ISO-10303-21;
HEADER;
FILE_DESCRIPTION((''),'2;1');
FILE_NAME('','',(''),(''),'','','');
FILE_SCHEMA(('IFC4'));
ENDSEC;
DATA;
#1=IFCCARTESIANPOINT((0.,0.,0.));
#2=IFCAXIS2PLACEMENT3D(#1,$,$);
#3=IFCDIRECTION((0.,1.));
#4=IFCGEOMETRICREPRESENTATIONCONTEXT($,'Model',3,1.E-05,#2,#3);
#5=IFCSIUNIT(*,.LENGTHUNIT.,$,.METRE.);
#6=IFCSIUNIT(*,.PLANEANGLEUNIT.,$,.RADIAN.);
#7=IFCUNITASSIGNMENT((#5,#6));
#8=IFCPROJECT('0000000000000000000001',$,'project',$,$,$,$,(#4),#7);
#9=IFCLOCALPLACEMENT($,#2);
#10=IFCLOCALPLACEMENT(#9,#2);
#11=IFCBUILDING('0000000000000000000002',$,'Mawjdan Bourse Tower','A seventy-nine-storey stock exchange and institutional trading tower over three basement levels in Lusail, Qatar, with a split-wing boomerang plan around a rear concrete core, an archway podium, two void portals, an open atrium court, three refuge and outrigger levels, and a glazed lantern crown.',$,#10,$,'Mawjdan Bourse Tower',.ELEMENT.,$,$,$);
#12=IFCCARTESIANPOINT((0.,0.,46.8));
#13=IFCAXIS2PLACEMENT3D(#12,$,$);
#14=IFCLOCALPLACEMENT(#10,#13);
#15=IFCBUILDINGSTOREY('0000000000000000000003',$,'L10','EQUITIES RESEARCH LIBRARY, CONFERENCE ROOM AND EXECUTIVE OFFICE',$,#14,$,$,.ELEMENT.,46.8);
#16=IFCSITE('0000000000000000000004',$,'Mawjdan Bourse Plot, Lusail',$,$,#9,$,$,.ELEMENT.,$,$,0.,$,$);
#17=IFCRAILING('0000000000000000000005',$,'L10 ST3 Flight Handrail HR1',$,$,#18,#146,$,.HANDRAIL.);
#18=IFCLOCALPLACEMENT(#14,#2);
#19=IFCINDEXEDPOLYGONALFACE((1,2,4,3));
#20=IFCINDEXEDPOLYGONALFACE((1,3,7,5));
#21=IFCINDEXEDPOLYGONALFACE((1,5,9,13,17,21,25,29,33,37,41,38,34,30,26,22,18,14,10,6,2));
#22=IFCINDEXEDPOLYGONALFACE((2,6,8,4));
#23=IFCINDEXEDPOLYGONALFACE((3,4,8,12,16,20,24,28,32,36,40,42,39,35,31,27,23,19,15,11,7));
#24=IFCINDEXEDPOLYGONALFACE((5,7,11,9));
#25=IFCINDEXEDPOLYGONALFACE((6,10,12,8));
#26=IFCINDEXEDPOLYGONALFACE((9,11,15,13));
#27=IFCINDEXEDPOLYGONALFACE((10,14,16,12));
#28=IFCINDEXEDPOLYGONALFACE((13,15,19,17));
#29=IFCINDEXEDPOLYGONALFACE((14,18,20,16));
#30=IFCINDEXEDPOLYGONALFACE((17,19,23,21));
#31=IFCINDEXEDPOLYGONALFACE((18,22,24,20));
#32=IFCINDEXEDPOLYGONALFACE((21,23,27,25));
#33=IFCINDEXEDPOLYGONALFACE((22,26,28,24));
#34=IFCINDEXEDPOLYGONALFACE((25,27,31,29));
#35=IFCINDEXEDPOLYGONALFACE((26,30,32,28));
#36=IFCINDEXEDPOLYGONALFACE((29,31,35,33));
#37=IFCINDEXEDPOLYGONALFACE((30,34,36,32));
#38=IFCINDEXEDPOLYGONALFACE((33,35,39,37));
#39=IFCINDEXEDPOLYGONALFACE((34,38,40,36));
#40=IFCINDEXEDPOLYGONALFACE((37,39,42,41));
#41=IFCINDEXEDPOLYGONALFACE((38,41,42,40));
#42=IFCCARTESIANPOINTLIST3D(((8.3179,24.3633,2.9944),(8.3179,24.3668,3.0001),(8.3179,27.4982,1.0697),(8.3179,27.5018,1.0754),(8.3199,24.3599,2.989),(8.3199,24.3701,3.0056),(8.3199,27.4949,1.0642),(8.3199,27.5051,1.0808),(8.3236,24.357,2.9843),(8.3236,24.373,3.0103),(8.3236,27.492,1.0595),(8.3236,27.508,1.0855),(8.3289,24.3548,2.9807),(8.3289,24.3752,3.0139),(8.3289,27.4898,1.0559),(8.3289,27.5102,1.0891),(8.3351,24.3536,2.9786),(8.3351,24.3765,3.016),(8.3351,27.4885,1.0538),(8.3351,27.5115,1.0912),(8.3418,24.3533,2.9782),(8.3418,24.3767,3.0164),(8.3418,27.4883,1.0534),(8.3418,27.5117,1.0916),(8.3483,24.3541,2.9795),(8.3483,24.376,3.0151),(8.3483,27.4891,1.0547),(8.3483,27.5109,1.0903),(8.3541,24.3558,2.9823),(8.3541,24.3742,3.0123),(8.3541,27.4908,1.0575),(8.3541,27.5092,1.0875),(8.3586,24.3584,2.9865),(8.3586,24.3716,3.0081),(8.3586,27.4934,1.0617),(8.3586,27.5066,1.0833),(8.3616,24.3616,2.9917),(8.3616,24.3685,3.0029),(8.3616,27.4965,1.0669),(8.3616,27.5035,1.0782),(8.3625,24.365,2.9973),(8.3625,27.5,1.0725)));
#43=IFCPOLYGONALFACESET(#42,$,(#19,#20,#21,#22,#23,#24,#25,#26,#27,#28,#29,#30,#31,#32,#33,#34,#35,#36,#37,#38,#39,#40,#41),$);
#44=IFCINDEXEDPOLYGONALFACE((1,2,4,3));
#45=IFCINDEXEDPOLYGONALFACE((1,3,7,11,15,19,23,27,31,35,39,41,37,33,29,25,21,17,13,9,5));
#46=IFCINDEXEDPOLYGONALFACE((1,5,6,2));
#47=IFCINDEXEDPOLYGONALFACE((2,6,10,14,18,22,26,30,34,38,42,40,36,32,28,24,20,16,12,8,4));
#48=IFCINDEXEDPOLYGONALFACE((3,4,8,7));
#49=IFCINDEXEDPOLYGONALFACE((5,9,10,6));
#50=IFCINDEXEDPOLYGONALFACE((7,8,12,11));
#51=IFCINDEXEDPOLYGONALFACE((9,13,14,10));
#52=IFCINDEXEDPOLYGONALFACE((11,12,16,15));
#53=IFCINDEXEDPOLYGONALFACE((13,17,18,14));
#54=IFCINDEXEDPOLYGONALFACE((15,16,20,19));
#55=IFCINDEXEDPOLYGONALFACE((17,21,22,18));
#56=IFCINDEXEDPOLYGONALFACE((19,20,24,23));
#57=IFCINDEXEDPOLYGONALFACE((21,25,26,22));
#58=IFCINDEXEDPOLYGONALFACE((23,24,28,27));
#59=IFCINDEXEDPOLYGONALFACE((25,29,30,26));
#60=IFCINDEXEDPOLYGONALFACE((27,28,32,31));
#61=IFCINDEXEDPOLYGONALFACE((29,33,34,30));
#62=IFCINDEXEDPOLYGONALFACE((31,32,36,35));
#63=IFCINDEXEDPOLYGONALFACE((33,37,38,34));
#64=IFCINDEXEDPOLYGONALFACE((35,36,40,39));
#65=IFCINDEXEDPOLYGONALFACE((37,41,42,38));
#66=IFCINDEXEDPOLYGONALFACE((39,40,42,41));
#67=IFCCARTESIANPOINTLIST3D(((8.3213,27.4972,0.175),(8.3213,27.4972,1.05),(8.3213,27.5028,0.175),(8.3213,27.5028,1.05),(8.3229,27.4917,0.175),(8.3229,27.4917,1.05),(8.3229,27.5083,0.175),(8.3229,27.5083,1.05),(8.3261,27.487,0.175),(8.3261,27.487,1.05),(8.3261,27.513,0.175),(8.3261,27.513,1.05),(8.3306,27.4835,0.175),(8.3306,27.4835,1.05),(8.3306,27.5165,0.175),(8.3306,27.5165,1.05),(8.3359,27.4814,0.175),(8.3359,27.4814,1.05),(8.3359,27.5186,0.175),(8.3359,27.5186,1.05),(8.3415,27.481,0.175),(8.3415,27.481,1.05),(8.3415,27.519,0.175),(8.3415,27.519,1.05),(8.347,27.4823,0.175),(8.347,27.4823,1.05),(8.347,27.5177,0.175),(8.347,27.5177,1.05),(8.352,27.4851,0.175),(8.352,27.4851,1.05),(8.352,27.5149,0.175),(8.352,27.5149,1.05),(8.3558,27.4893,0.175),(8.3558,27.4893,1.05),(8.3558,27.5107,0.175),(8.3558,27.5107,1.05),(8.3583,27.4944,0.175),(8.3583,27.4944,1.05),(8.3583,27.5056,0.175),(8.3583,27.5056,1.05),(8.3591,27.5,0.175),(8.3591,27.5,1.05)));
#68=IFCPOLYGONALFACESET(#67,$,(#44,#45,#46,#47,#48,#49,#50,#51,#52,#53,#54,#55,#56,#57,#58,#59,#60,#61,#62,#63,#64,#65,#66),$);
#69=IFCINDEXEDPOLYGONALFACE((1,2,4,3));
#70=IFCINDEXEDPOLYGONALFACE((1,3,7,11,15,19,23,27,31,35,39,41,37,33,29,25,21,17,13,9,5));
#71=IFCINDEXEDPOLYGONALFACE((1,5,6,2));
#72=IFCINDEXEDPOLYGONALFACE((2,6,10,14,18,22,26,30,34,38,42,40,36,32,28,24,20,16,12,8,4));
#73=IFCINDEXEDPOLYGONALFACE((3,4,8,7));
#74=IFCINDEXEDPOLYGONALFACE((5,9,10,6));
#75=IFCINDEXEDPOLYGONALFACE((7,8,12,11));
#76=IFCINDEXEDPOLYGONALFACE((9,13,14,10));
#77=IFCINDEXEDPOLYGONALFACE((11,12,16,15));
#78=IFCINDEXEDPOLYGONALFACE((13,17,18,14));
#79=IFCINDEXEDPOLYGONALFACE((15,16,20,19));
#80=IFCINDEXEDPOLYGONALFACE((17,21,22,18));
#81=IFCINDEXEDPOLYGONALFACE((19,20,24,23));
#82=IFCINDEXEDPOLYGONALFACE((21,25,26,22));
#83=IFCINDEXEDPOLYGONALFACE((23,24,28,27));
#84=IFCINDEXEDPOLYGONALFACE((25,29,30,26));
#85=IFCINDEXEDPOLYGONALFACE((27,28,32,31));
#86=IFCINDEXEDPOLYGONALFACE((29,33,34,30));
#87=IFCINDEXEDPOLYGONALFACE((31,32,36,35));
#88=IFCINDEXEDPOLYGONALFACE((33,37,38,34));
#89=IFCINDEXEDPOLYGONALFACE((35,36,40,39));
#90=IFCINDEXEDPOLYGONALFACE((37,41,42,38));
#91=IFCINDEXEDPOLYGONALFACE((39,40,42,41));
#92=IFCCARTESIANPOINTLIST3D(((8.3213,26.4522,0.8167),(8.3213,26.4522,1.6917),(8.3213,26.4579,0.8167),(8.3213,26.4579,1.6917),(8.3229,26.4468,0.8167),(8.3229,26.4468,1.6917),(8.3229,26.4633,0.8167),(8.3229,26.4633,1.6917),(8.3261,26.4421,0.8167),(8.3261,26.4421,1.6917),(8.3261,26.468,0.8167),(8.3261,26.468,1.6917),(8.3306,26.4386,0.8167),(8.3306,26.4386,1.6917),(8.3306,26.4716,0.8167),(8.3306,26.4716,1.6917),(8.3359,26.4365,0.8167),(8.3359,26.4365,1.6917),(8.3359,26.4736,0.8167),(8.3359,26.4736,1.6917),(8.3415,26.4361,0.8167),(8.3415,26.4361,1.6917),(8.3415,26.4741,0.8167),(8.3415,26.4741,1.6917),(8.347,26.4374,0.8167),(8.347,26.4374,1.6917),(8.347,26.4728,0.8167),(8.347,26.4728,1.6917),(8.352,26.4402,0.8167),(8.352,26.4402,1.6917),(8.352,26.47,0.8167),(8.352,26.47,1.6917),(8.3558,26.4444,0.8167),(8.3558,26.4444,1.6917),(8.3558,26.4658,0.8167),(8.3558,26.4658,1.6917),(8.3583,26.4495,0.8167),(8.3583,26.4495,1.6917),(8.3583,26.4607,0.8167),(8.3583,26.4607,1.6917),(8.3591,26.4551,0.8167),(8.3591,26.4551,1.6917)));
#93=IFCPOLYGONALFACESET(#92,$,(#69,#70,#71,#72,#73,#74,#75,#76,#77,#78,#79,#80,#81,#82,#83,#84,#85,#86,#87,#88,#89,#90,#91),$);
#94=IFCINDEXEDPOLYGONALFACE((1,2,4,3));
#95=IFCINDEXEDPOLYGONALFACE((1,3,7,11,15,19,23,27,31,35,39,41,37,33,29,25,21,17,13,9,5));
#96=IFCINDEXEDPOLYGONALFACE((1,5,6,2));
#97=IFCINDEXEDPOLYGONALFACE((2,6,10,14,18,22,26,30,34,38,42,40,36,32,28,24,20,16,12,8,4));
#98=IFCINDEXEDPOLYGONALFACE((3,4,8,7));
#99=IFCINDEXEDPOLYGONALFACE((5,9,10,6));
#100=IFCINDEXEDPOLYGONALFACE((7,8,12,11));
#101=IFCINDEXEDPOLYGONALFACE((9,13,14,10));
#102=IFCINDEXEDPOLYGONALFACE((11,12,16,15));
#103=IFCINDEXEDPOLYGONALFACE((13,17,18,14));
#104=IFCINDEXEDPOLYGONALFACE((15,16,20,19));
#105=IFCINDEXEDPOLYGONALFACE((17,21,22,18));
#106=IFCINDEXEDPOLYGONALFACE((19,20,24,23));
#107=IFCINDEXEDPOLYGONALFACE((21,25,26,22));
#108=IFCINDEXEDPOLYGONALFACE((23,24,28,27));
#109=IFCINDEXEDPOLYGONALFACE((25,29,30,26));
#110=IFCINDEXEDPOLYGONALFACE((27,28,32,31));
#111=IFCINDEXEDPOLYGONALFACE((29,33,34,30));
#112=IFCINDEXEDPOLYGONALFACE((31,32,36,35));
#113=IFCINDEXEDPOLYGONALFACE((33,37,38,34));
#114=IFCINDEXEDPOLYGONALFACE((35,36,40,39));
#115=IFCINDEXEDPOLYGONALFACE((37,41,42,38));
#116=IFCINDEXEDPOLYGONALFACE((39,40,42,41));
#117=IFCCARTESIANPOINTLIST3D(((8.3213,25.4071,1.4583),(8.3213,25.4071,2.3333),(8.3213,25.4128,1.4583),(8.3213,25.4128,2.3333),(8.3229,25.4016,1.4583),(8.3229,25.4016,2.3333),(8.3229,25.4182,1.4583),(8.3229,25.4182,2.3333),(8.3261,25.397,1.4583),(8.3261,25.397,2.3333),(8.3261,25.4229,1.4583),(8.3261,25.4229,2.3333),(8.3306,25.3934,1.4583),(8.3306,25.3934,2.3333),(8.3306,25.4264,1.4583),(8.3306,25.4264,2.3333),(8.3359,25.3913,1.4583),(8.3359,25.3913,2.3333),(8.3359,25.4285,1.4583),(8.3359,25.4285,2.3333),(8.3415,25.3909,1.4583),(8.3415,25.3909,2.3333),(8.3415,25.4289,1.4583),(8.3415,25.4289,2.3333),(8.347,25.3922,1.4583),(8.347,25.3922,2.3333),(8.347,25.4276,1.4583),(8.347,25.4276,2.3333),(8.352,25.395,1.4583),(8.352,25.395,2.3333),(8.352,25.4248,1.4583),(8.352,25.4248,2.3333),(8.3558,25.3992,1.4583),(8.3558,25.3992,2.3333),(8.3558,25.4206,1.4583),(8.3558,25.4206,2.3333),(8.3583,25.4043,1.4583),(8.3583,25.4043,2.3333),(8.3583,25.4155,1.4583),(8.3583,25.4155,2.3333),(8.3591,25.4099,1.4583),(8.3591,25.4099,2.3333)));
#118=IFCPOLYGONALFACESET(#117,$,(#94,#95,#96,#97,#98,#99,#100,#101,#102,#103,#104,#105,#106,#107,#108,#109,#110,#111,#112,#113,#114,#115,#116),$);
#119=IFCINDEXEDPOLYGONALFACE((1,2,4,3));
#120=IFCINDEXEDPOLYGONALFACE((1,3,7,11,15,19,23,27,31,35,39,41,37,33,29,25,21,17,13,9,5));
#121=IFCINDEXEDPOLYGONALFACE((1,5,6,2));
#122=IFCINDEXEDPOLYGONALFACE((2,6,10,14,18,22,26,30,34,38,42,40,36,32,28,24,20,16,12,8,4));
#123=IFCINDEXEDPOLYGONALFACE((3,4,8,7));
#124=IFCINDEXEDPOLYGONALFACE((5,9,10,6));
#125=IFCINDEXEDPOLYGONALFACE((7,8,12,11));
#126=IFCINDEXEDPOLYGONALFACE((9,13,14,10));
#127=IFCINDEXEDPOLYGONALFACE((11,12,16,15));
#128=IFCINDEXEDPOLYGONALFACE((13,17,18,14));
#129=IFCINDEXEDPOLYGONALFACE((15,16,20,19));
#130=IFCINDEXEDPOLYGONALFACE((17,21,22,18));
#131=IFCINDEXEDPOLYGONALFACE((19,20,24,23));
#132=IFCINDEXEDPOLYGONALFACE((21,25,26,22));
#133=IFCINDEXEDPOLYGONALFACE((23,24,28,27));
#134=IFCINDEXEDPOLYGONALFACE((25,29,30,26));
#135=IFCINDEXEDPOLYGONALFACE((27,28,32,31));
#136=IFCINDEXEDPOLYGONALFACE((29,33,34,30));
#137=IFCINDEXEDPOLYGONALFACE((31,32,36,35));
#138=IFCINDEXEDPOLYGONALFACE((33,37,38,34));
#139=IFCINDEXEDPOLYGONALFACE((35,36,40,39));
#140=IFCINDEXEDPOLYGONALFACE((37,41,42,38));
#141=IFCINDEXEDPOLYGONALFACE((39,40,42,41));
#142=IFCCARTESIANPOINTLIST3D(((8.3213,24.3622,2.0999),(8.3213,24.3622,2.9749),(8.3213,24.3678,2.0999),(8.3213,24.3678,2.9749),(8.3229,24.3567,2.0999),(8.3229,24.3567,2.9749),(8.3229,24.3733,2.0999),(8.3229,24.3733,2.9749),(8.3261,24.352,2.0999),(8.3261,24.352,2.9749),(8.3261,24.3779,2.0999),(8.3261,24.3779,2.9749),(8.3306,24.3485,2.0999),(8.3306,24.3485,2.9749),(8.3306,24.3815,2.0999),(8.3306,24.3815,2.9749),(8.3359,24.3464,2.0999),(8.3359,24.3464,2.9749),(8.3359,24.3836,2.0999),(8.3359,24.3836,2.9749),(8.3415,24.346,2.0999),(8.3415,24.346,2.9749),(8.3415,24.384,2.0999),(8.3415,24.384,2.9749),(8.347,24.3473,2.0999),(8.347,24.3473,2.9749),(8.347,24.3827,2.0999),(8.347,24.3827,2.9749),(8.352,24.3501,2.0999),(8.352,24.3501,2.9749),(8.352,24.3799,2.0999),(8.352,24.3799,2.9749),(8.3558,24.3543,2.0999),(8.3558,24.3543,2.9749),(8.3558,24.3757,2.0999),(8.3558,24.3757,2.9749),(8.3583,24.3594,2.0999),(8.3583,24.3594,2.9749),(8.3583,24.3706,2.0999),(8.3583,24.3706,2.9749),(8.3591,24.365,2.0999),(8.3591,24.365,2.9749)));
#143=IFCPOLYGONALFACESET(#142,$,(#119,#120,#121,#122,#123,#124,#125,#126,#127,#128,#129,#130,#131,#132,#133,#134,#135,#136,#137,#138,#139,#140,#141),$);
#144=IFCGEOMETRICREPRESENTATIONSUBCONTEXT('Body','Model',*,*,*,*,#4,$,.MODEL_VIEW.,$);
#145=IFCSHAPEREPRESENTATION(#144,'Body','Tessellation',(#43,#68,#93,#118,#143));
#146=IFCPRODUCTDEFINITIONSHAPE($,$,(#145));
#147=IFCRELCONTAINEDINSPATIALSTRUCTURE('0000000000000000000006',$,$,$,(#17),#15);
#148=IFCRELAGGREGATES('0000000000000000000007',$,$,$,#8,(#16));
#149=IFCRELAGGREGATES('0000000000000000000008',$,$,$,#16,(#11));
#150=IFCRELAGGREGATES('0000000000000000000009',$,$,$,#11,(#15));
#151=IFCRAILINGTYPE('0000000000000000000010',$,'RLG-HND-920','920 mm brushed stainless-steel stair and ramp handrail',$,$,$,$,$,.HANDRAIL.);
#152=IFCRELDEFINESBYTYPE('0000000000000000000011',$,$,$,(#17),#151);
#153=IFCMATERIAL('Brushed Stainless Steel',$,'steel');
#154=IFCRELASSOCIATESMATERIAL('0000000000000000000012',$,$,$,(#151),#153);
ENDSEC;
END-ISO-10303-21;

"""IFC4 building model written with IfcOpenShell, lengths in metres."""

from ifc_helpers import new_model, si_unit, direction, frame, origin, origin_2d, place, context, subcontext, project, spatial, circle, extrude, material, type_object, element, save


model = new_model("IFC4")

# Units and contexts
model_context = context("Model", 3, precision=1e-05, world=origin(), true_north=direction((0.0, 1.0)))
body_context = subcontext(model_context, "Body", "Model", "MODEL_VIEW")
ifc_project = project(units=[si_unit("LENGTHUNIT", "METRE"), si_unit("PLANEANGLEUNIT", "RADIAN")], contexts=[model_context])

# Site, building, storey
site_placement = place(None, origin())
site = spatial("IfcSite", under=ifc_project, at=site_placement, Name="Mawjdan Bourse Plot, Lusail", CompositionType="ELEMENT", RefElevation=0.0)
building_placement = place(site_placement, origin())
building = spatial("IfcBuilding", under=site, at=building_placement, Name="Mawjdan Bourse Tower", Description="A seventy-nine-storey stock exchange and institutional trading tower over three basement levels in Lusail, Qatar, with a split-wing boomerang plan around a rear concrete core, an archway podium, two void portals, an open atrium court, three refuge and outrigger levels, and a glazed lantern crown.", LongName="Mawjdan Bourse Tower", CompositionType="ELEMENT")
storey_placement = place(building_placement, frame((0.0, 0.0, 46.8)))
storey = spatial("IfcBuildingStorey", under=building, at=storey_placement, Name="L10", Description="EQUITIES RESEARCH LIBRARY, CONFERENCE ROOM AND EXECUTIVE OFFICE", CompositionType="ELEMENT", Elevation=46.8)

# Railing
ifc_material_1 = material(Name="Brushed Stainless Steel", Category="steel")
railing_type_1 = type_object("IfcRailingType", Name="RLG-HND-920", Description="920 mm brushed stainless-steel stair and ramp handrail", PredefinedType="HANDRAIL", material=ifc_material_1)
railing_1_placement = place(storey_placement, frame((8.3401, 27.5, 0.175)))
element("IfcRailing", 1, at=railing_1_placement, inside=storey, type_object=railing_type_1, Name="L10 ST3 Flight Handrail HR1", PredefinedType="HANDRAIL", context=body_context, shape_type="SweptSolid", body=[
    extrude(circle(Radius=0.0225, at=origin_2d()), frame((0.0, 0.0, 0.8975), z_axis=(0.0, -0.852196, 0.523223), x_axis=(1.0, 0.0, 0.0)), (0.0, 0.0, 1.0), 3.6787),
    extrude(circle(Radius=0.019, at=origin_2d()), origin(), (0.0, 0.0, 1.0), 0.875),
    extrude(circle(Radius=0.019, at=origin_2d()), frame((0.0, -1.0449, 0.6416)), (0.0, 0.0, 1.0), 0.875),
    extrude(circle(Radius=0.019, at=origin_2d()), frame((0.0, -2.0901, 1.2832)), (0.0, 0.0, 1.0), 0.875),
    extrude(circle(Radius=0.019, at=origin_2d()), frame((0.0, -3.135, 1.9248)), (0.0, 0.0, 1.0), 0.875),
])

save(model, "model.ifc")
